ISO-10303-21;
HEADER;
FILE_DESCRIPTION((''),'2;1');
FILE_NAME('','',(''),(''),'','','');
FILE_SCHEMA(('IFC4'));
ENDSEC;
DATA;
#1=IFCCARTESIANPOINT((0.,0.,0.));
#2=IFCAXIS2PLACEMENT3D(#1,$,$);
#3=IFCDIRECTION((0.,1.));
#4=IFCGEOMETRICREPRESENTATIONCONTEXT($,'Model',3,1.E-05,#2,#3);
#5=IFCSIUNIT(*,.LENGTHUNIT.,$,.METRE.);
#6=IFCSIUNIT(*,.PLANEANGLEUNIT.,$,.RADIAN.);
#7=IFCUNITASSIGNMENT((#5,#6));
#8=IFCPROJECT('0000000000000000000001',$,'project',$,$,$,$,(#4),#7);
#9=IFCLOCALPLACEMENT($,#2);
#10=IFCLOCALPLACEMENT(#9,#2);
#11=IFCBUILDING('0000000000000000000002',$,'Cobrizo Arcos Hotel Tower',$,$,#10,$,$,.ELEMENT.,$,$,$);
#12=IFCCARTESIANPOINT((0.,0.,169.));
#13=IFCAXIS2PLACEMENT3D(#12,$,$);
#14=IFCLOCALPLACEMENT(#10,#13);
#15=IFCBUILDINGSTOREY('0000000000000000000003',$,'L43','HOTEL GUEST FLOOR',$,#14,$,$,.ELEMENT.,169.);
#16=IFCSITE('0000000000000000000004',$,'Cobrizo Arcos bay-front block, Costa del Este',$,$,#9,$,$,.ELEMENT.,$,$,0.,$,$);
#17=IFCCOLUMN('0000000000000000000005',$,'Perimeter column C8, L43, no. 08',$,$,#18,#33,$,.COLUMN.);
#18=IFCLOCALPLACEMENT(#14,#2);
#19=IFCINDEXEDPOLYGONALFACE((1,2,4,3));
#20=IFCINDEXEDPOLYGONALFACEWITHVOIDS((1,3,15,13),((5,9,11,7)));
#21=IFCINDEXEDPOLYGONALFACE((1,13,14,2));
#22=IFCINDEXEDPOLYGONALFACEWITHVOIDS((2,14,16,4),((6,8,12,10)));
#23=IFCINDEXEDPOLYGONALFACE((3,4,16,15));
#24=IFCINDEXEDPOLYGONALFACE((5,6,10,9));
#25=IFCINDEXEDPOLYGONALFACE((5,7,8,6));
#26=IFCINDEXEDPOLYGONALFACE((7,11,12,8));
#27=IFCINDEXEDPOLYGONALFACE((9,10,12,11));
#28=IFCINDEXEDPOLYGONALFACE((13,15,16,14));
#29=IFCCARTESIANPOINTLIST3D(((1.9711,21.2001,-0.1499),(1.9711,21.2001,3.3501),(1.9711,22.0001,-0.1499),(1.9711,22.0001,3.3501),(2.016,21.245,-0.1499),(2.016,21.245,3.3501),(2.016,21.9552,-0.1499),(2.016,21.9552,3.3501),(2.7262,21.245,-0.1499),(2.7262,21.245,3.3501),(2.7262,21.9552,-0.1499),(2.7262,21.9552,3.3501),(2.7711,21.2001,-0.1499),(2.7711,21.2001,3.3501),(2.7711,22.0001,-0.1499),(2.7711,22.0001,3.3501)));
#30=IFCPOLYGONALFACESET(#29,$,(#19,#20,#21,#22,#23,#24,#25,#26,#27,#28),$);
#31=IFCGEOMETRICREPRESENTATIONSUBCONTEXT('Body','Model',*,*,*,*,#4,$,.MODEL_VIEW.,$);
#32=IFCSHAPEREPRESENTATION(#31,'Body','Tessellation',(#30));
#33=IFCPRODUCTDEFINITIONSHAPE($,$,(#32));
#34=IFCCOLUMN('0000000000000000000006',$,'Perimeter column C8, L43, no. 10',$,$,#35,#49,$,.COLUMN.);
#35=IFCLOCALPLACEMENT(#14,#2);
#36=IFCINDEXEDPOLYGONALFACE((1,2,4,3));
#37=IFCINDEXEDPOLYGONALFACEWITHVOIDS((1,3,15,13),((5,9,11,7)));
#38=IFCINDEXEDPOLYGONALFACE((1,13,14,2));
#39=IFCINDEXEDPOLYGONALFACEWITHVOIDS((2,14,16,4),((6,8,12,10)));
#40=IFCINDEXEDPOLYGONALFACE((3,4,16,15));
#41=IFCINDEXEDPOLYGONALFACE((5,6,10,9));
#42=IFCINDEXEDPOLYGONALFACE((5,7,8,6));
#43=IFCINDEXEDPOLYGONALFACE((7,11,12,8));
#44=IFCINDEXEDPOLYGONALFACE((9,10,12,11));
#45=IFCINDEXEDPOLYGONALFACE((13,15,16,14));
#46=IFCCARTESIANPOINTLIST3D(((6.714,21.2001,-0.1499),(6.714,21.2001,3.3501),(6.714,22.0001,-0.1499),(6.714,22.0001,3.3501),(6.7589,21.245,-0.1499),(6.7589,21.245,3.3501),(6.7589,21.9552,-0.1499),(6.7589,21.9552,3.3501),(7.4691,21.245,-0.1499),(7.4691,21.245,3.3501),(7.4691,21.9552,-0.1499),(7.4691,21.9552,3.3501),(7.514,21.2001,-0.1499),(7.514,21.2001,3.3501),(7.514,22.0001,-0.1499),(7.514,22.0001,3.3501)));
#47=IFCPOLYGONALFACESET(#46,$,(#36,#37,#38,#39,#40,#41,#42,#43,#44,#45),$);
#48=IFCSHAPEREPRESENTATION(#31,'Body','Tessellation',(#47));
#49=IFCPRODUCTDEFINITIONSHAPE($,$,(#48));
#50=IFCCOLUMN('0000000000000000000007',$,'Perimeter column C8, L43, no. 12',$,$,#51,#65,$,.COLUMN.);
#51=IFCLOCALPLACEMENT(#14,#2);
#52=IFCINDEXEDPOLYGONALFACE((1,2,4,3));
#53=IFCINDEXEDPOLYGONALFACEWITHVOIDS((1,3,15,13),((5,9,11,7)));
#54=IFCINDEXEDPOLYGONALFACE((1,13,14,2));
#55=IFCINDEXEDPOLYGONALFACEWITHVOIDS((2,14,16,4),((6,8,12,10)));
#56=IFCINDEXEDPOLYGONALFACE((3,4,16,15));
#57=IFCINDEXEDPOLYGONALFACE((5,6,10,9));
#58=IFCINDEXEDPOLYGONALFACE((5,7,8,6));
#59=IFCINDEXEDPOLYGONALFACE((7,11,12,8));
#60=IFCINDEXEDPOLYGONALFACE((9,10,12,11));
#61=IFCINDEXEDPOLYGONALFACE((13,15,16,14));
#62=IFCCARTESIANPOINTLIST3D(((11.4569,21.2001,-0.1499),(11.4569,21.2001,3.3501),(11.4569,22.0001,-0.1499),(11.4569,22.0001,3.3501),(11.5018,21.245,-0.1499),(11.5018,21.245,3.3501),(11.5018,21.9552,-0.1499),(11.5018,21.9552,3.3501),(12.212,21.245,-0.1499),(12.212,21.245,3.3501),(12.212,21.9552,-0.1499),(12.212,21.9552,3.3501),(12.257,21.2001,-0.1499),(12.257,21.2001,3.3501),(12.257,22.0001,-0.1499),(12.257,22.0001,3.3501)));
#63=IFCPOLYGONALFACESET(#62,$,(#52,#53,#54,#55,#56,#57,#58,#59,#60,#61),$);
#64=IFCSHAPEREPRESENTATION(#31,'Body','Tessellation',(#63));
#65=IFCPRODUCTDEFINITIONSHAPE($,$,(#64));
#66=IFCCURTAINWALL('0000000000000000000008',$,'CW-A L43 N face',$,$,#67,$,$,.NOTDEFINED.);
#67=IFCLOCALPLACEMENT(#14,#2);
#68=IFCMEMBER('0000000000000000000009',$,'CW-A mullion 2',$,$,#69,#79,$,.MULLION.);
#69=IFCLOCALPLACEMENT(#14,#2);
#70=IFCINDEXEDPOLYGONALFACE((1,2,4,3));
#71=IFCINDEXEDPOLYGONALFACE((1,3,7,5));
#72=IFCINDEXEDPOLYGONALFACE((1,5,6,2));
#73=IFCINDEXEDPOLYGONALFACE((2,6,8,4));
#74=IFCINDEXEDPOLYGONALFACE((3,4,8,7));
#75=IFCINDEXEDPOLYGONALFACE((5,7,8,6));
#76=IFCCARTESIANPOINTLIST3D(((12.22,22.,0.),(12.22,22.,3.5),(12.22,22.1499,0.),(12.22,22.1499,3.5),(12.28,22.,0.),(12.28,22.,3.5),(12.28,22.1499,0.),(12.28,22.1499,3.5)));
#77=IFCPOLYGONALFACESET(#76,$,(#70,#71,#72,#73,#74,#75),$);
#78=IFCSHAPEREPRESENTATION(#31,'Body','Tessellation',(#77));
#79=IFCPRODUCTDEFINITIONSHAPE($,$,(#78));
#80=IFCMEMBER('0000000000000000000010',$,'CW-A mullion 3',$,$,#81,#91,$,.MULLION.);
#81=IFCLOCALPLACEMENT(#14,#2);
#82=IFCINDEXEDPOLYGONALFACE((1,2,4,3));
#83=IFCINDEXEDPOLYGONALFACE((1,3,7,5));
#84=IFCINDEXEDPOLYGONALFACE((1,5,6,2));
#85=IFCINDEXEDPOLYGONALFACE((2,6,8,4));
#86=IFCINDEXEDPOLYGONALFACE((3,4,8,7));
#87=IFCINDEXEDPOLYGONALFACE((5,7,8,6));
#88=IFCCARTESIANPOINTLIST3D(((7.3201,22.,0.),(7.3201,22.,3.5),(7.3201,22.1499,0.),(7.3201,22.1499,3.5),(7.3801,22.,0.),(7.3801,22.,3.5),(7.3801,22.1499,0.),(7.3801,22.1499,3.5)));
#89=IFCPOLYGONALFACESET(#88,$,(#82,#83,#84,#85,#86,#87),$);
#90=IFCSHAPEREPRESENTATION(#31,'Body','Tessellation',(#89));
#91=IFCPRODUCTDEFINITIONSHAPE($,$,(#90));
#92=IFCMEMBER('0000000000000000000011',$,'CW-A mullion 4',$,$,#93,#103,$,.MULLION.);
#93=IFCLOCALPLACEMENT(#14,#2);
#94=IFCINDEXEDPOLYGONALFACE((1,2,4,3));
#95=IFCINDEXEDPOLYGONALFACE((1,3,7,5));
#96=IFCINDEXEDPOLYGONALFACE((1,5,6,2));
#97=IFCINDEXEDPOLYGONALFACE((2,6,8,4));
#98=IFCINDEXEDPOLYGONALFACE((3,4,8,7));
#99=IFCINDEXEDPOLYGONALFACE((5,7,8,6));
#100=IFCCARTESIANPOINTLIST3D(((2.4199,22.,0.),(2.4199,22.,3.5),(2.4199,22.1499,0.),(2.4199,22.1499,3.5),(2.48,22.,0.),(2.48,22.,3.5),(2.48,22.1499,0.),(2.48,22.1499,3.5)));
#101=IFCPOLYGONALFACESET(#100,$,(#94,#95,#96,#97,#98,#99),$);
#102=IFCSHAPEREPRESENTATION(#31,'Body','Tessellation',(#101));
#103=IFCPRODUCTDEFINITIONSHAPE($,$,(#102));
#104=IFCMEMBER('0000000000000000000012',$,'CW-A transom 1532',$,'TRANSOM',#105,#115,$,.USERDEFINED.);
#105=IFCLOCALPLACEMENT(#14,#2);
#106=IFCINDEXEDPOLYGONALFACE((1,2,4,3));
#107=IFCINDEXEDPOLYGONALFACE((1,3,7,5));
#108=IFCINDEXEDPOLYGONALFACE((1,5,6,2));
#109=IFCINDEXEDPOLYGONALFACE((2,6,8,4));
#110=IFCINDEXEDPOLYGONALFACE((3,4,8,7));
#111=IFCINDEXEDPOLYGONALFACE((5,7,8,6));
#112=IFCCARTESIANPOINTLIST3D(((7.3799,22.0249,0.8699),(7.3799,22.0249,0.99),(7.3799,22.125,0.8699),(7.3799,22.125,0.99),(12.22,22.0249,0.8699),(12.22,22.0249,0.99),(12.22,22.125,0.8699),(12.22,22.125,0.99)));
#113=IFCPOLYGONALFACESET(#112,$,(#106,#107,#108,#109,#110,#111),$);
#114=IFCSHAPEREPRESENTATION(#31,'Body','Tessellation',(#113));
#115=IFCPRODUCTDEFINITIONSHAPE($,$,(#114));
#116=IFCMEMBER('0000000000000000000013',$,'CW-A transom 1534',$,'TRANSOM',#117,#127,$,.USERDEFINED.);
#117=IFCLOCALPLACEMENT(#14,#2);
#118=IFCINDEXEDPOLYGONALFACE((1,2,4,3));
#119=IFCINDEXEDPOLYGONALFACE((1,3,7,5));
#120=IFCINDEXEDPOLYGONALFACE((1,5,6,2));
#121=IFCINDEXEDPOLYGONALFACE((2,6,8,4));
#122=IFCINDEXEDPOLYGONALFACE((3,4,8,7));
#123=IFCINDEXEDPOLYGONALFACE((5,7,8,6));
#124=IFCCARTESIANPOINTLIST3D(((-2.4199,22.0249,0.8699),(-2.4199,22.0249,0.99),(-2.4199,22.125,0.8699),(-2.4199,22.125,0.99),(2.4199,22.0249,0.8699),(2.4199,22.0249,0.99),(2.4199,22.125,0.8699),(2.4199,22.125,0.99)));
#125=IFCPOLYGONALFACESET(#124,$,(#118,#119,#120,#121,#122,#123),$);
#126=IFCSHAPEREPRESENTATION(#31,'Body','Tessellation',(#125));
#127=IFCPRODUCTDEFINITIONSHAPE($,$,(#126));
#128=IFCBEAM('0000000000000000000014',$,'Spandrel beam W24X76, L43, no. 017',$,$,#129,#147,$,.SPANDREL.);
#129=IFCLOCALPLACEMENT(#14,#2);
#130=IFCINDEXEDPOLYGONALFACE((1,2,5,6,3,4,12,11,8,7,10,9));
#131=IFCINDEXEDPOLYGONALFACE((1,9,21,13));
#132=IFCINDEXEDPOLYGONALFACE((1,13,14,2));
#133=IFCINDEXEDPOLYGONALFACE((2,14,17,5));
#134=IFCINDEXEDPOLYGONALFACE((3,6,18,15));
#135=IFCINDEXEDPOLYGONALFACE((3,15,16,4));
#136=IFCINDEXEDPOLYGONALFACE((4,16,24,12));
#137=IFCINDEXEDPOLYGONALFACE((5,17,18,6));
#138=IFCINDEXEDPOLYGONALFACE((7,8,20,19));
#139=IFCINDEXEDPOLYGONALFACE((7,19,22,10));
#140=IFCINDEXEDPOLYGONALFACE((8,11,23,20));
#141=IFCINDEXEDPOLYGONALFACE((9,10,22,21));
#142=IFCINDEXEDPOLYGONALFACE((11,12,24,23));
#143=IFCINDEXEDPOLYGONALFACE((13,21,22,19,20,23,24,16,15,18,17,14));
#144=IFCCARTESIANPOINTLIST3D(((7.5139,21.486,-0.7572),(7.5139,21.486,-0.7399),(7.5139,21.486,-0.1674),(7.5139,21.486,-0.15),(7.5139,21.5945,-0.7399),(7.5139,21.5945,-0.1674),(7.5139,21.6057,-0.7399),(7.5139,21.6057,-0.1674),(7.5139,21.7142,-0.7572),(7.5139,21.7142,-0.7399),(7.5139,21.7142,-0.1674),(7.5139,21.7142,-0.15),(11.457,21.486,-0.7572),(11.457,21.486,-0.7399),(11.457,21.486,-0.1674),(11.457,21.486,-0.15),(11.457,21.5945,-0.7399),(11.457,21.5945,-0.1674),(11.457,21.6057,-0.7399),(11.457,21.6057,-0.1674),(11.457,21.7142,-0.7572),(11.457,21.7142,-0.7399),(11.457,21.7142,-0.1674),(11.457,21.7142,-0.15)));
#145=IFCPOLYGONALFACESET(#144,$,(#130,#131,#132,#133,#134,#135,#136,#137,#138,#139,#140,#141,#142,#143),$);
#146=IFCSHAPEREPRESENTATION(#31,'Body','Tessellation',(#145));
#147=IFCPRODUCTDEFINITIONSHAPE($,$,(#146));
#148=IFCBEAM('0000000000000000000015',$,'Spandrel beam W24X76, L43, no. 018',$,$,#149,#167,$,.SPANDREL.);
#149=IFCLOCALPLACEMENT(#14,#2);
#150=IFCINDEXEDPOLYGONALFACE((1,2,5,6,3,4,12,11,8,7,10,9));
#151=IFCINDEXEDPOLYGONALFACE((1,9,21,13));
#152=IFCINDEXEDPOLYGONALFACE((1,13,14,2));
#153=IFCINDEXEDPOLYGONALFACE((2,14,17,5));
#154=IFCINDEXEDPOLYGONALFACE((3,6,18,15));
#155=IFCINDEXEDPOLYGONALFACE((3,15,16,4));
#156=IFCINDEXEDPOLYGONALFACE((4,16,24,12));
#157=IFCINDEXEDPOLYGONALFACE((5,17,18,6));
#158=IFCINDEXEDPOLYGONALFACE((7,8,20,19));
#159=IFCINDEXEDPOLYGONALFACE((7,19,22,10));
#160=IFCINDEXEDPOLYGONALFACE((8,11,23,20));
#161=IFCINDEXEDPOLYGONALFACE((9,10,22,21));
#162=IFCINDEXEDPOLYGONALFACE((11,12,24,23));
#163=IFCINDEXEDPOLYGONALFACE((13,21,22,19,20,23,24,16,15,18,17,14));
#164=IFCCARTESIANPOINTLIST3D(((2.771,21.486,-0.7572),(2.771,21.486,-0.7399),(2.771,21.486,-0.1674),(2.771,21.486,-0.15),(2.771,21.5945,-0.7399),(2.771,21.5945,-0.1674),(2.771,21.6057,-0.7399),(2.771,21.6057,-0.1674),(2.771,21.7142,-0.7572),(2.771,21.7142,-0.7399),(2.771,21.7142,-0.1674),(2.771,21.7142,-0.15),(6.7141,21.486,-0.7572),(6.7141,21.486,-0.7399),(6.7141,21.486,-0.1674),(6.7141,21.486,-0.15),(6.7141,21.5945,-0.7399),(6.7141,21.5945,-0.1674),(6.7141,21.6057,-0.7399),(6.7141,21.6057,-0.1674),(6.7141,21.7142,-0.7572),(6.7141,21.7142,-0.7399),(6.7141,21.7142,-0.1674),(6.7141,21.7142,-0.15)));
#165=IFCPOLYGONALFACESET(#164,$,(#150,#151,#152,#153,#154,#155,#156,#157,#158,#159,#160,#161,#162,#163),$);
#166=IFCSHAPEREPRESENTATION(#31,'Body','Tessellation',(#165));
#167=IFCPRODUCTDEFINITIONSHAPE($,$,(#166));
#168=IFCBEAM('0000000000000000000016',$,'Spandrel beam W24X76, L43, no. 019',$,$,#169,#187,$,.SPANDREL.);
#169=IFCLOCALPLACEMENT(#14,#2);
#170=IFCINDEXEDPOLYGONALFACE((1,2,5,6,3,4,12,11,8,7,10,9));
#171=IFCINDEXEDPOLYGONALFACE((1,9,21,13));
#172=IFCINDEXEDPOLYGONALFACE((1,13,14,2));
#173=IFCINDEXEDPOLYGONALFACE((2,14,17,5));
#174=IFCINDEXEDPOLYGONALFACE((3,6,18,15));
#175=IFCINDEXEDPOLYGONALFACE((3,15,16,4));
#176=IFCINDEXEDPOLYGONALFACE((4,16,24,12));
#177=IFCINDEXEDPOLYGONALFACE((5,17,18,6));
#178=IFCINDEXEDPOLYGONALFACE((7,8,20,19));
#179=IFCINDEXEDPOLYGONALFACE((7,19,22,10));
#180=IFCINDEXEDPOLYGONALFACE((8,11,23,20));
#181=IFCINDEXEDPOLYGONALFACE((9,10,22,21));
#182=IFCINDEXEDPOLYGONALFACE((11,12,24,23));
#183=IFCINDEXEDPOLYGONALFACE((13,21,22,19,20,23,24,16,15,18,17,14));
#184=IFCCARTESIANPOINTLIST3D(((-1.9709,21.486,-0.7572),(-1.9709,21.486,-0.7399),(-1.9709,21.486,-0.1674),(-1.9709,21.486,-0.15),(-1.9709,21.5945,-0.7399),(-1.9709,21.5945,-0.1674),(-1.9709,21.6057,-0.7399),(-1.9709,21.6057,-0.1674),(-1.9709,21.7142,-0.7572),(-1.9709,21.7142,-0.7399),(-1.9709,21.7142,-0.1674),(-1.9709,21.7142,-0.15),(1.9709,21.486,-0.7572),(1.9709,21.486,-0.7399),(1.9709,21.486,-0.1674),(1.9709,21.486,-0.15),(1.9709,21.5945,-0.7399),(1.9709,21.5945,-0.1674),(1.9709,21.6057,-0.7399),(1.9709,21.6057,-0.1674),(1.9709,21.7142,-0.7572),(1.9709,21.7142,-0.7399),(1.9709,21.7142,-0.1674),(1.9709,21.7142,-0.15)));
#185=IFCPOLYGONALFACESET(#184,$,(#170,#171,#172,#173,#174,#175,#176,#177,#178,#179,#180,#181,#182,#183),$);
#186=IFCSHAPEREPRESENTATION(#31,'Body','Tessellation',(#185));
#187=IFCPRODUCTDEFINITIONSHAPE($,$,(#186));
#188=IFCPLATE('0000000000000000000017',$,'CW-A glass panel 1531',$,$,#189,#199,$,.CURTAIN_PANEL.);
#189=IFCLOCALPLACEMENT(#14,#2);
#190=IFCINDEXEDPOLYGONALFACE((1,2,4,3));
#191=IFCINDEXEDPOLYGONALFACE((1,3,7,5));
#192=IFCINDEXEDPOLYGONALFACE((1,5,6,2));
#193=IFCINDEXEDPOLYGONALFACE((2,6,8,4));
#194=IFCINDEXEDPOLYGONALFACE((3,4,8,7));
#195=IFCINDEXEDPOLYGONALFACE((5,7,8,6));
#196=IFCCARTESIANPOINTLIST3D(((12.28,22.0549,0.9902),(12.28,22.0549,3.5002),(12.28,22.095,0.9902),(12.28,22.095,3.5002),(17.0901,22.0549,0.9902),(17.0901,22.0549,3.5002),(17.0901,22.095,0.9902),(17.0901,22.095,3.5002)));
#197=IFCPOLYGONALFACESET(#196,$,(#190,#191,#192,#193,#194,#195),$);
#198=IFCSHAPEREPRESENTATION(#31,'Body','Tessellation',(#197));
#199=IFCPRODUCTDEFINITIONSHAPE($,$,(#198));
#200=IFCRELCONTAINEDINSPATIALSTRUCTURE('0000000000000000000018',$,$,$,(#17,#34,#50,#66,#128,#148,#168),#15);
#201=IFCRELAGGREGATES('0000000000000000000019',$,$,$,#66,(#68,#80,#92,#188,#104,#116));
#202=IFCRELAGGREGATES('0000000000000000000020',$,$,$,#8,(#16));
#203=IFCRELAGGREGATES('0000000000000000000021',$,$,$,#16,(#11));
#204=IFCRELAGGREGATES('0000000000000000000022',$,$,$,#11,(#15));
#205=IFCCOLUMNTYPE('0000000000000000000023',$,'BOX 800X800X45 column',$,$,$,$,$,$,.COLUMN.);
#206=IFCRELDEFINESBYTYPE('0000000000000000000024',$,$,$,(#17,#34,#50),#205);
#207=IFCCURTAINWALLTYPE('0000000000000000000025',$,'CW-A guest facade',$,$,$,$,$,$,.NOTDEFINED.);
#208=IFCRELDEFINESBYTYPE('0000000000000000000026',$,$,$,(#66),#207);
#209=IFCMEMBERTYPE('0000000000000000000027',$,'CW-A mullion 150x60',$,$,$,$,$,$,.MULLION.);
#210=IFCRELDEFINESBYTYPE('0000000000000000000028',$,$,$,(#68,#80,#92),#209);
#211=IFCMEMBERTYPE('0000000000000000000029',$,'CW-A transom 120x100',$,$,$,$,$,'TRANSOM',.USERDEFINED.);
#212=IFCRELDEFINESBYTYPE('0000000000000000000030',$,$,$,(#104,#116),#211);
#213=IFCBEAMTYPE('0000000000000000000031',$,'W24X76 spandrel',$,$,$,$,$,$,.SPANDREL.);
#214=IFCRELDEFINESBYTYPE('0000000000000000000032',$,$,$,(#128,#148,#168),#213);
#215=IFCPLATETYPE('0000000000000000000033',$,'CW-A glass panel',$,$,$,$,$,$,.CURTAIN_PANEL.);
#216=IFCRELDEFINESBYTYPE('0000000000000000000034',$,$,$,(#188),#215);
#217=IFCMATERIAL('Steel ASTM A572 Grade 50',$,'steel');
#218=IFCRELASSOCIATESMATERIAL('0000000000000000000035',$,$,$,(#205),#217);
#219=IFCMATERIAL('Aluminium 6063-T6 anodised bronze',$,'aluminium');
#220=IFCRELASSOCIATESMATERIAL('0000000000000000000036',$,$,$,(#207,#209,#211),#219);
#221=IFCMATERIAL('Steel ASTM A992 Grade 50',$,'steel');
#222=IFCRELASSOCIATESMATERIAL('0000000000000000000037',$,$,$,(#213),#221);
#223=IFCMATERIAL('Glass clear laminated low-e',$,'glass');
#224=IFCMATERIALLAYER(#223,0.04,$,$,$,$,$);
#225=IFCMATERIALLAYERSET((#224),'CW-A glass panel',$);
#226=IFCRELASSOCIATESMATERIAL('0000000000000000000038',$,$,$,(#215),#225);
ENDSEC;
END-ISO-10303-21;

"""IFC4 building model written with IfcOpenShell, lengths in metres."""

from ifc_helpers import new_model, si_unit, direction, frame, origin, origin_2d, place, context, subcontext, project, spatial, rectangle, hollow_rectangle, i_section, extrude, material, layer, layer_set, material_profile, profile_set, type_object, element, aggregate, save


model = new_model("IFC4")

# Units and contexts
model_context = context("Model", 3, precision=1e-05, world=origin(), true_north=direction((0.0, 1.0)))
body_context = subcontext(model_context, "Body", "Model", "MODEL_VIEW")
ifc_project = project(units=[si_unit("LENGTHUNIT", "METRE"), si_unit("PLANEANGLEUNIT", "RADIAN")], contexts=[model_context])

# Site, building, storey
site_placement = place(None, origin())
site = spatial("IfcSite", under=ifc_project, at=site_placement, Name="Cobrizo Arcos bay-front block, Costa del Este", CompositionType="ELEMENT", RefElevation=0.0)
building_placement = place(site_placement, origin())
building = spatial("IfcBuilding", under=site, at=building_placement, Name="Cobrizo Arcos Hotel Tower", CompositionType="ELEMENT")
storey_placement = place(building_placement, frame((0.0, 0.0, 169.0)))
storey = spatial("IfcBuildingStorey", under=building, at=storey_placement, Name="L43", Description="HOTEL GUEST FLOOR", CompositionType="ELEMENT", Elevation=169.0)

# Columns
ifc_material_1 = material(Name="Steel ASTM A572 Grade 50", Category="steel")
ifc_material_profile_1 = material_profile(ifc_material_1, hollow_rectangle(XDim=0.8, YDim=0.8, WallThickness=0.0449, at=origin_2d()), Name="BOX 800X800X45")
ifc_profile_set_1 = profile_set([ifc_material_profile_1], Name="Steel ASTM A572 Grade 50")
column_type = type_object("IfcColumnType", Name="BOX 800X800X45 column", PredefinedType="COLUMN", material=ifc_profile_set_1)
for number, where, z_axis, x_axis, name in (
    (1, (2.3711, 21.6001, -0.1499), (0.0, 0.0, 1.0), (1.0, 0.0, 0.0), "Perimeter column C8, L43, no. 08"),
    (2, (7.114, 21.6001, -0.1499), (0.0, 0.0, 1.0), (1.0, 0.0, 0.0), "Perimeter column C8, L43, no. 10"),
    (3, (11.8569, 21.6001, -0.1499), (0.0, 0.0, 1.0), (1.0, 0.0, 0.0), "Perimeter column C8, L43, no. 12"),
):
    element("IfcColumn", number, at=place(storey_placement, frame(where, z_axis=z_axis, x_axis=x_axis)), inside=storey, type_object=column_type, Name=name, PredefinedType="COLUMN", context=body_context, shape_type="SweptSolid", body=[
        extrude(hollow_rectangle(XDim=0.8, YDim=0.8, WallThickness=0.0449, at=origin_2d()), origin(), (0.0, 0.0, 1.0), 3.5),
    ])

# Curtain wall, members
ifc_material_2 = material(Name="Aluminium 6063-T6 anodised bronze", Category="aluminium")
curtain_wall_type = type_object("IfcCurtainWallType", Name="CW-A guest facade", PredefinedType="NOTDEFINED", material=ifc_material_2)
curtain_wall_placement = place(storey_placement, origin())
curtain_wall = element("IfcCurtainWall", 4, at=curtain_wall_placement, inside=storey, type_object=curtain_wall_type, Name="CW-A L43 N face", PredefinedType="NOTDEFINED")
ifc_material_profile_2 = material_profile(ifc_material_2, rectangle(XDim=0.1499, YDim=0.0601, at=origin_2d()), Name="CW-A mullion 150x60")
ifc_profile_set_2 = profile_set([ifc_material_profile_2], Name="Aluminium 6063-T6 anodised bronze")
member_type_1 = type_object("IfcMemberType", Name="CW-A mullion 150x60", PredefinedType="MULLION", material=ifc_profile_set_2)
member_1_placement = place(storey_placement, frame((12.25, 22.075, 0.0), z_axis=(0.0, 0.0, 1.0), x_axis=(0.0, 1.0, 0.0)))
member_1 = element("IfcMember", 5, at=member_1_placement, type_object=member_type_1, Name="CW-A mullion 2", PredefinedType="MULLION", context=body_context, shape_type="SweptSolid", body=[
    extrude(rectangle(XDim=0.1499, YDim=0.0601, at=origin_2d()), origin(), (0.0, 0.0, 1.0), 3.5),
])
member_2_placement = place(storey_placement, frame((7.3501, 22.075, 0.0), z_axis=(0.0, 0.0, 1.0), x_axis=(0.0, 1.0, 0.0)))
member_2 = element("IfcMember", 6, at=member_2_placement, type_object=member_type_1, Name="CW-A mullion 3", PredefinedType="MULLION", context=body_context, shape_type="SweptSolid", body=[
    extrude(rectangle(XDim=0.1499, YDim=0.0601, at=origin_2d()), origin(), (0.0, 0.0, 1.0), 3.5),
])
member_3_placement = place(storey_placement, frame((2.45, 22.075, 0.0), z_axis=(0.0, 0.0, 1.0), x_axis=(0.0, 1.0, 0.0)))
member_3 = element("IfcMember", 7, at=member_3_placement, type_object=member_type_1, Name="CW-A mullion 4", PredefinedType="MULLION", context=body_context, shape_type="SweptSolid", body=[
    extrude(rectangle(XDim=0.1499, YDim=0.0601, at=origin_2d()), origin(), (0.0, 0.0, 1.0), 3.5),
])
ifc_material_profile_3 = material_profile(ifc_material_2, rectangle(XDim=0.1001, YDim=0.1201, at=origin_2d()), Name="CW-A transom 120x100")
ifc_profile_set_3 = profile_set([ifc_material_profile_3], Name="Aluminium 6063-T6 anodised bronze")
member_type_2 = type_object("IfcMemberType", Name="CW-A transom 120x100", ElementType="TRANSOM", PredefinedType="USERDEFINED", material=ifc_profile_set_3)
member_4_placement = place(storey_placement, frame((12.22, 22.075, 0.9299), z_axis=(-1.0, 0.0, 0.0), x_axis=(0.0, -1.0, 0.0)))
member_4 = element("IfcMember", 8, at=member_4_placement, type_object=member_type_2, Name="CW-A transom 1532", ObjectType="TRANSOM", PredefinedType="USERDEFINED", context=body_context, shape_type="SweptSolid", body=[
    extrude(rectangle(XDim=0.1001, YDim=0.1201, at=origin_2d()), origin(), (0.0, 0.0, 1.0), 4.8401),
])
member_5_placement = place(storey_placement, frame((2.4199, 22.075, 0.9299), z_axis=(-1.0, 0.0, 0.0), x_axis=(0.0, -1.0, 0.0)))
member_5 = element("IfcMember", 9, at=member_5_placement, type_object=member_type_2, Name="CW-A transom 1534", ObjectType="TRANSOM", PredefinedType="USERDEFINED", context=body_context, shape_type="SweptSolid", body=[
    extrude(rectangle(XDim=0.1001, YDim=0.1201, at=origin_2d()), origin(), (0.0, 0.0, 1.0), 4.8398),
])

# Beams
ifc_material_3 = material(Name="Steel ASTM A992 Grade 50", Category="steel")
ifc_material_profile_4 = material_profile(ifc_material_3, i_section(OverallWidth=0.2283, OverallDepth=0.6072, WebThickness=0.0112, FlangeThickness=0.0173, at=origin_2d()), Name="W24X76")
ifc_profile_set_4 = profile_set([ifc_material_profile_4], Name="Steel ASTM A992 Grade 50")
beam_type = type_object("IfcBeamType", Name="W24X76 spandrel", PredefinedType="SPANDREL", material=ifc_profile_set_4)
for number, where, z_axis, x_axis, name in (
    (10, (11.457, 21.6001, -0.4536), (-1.0, 0.0, 0.0), (0.0, -1.0, 0.0), "Spandrel beam W24X76, L43, no. 017"),
    (11, (6.7141, 21.6001, -0.4536), (-1.0, 0.0, 0.0), (0.0, -1.0, 0.0), "Spandrel beam W24X76, L43, no. 018"),
):
    element("IfcBeam", number, at=place(storey_placement, frame(where, z_axis=z_axis, x_axis=x_axis)), inside=storey, type_object=beam_type, Name=name, PredefinedType="SPANDREL", context=body_context, shape_type="SweptSolid", body=[
        extrude(i_section(OverallWidth=0.2283, OverallDepth=0.6072, WebThickness=0.0112, FlangeThickness=0.0173, at=origin_2d()), origin(), (0.0, 0.0, 1.0), 3.9431),
    ])
beam_placement = place(storey_placement, frame((1.9709, 21.6001, -0.4536), z_axis=(-1.0, 0.0, 0.0), x_axis=(0.0, -1.0, 0.0)))
element("IfcBeam", 12, at=beam_placement, inside=storey, type_object=beam_type, Name="Spandrel beam W24X76, L43, no. 019", PredefinedType="SPANDREL", context=body_context, shape_type="SweptSolid", body=[
    extrude(i_section(OverallWidth=0.2283, OverallDepth=0.6072, WebThickness=0.0112, FlangeThickness=0.0173, at=origin_2d()), origin(), (0.0, 0.0, 1.0), 3.9419),
])

# Plate
ifc_material_4 = material(Name="Glass clear laminated low-e", Category="glass")
ifc_layer_1 = layer(ifc_material_4, 0.04)
ifc_layer_set_1 = layer_set([ifc_layer_1], Name="CW-A glass panel")
plate_type_1 = type_object("IfcPlateType", Name="CW-A glass panel", PredefinedType="CURTAIN_PANEL", material=ifc_layer_set_1)
plate_1_placement = place(storey_placement, frame((14.6851, 22.075, 0.9902), z_axis=(0.0, 0.0, 1.0), x_axis=(-1.0, 0.0, 0.0)))
plate_1 = element("IfcPlate", 13, at=plate_1_placement, type_object=plate_type_1, Name="CW-A glass panel 1531", PredefinedType="CURTAIN_PANEL", context=body_context, shape_type="SweptSolid", body=[
    extrude(rectangle(XDim=4.8101, YDim=0.04, at=origin_2d()), origin(), (0.0, 0.0, 1.0), 2.51),
])
aggregate(curtain_wall, [member_1, member_2, member_3, plate_1, member_4, member_5])

save(model, "model.ifc")
